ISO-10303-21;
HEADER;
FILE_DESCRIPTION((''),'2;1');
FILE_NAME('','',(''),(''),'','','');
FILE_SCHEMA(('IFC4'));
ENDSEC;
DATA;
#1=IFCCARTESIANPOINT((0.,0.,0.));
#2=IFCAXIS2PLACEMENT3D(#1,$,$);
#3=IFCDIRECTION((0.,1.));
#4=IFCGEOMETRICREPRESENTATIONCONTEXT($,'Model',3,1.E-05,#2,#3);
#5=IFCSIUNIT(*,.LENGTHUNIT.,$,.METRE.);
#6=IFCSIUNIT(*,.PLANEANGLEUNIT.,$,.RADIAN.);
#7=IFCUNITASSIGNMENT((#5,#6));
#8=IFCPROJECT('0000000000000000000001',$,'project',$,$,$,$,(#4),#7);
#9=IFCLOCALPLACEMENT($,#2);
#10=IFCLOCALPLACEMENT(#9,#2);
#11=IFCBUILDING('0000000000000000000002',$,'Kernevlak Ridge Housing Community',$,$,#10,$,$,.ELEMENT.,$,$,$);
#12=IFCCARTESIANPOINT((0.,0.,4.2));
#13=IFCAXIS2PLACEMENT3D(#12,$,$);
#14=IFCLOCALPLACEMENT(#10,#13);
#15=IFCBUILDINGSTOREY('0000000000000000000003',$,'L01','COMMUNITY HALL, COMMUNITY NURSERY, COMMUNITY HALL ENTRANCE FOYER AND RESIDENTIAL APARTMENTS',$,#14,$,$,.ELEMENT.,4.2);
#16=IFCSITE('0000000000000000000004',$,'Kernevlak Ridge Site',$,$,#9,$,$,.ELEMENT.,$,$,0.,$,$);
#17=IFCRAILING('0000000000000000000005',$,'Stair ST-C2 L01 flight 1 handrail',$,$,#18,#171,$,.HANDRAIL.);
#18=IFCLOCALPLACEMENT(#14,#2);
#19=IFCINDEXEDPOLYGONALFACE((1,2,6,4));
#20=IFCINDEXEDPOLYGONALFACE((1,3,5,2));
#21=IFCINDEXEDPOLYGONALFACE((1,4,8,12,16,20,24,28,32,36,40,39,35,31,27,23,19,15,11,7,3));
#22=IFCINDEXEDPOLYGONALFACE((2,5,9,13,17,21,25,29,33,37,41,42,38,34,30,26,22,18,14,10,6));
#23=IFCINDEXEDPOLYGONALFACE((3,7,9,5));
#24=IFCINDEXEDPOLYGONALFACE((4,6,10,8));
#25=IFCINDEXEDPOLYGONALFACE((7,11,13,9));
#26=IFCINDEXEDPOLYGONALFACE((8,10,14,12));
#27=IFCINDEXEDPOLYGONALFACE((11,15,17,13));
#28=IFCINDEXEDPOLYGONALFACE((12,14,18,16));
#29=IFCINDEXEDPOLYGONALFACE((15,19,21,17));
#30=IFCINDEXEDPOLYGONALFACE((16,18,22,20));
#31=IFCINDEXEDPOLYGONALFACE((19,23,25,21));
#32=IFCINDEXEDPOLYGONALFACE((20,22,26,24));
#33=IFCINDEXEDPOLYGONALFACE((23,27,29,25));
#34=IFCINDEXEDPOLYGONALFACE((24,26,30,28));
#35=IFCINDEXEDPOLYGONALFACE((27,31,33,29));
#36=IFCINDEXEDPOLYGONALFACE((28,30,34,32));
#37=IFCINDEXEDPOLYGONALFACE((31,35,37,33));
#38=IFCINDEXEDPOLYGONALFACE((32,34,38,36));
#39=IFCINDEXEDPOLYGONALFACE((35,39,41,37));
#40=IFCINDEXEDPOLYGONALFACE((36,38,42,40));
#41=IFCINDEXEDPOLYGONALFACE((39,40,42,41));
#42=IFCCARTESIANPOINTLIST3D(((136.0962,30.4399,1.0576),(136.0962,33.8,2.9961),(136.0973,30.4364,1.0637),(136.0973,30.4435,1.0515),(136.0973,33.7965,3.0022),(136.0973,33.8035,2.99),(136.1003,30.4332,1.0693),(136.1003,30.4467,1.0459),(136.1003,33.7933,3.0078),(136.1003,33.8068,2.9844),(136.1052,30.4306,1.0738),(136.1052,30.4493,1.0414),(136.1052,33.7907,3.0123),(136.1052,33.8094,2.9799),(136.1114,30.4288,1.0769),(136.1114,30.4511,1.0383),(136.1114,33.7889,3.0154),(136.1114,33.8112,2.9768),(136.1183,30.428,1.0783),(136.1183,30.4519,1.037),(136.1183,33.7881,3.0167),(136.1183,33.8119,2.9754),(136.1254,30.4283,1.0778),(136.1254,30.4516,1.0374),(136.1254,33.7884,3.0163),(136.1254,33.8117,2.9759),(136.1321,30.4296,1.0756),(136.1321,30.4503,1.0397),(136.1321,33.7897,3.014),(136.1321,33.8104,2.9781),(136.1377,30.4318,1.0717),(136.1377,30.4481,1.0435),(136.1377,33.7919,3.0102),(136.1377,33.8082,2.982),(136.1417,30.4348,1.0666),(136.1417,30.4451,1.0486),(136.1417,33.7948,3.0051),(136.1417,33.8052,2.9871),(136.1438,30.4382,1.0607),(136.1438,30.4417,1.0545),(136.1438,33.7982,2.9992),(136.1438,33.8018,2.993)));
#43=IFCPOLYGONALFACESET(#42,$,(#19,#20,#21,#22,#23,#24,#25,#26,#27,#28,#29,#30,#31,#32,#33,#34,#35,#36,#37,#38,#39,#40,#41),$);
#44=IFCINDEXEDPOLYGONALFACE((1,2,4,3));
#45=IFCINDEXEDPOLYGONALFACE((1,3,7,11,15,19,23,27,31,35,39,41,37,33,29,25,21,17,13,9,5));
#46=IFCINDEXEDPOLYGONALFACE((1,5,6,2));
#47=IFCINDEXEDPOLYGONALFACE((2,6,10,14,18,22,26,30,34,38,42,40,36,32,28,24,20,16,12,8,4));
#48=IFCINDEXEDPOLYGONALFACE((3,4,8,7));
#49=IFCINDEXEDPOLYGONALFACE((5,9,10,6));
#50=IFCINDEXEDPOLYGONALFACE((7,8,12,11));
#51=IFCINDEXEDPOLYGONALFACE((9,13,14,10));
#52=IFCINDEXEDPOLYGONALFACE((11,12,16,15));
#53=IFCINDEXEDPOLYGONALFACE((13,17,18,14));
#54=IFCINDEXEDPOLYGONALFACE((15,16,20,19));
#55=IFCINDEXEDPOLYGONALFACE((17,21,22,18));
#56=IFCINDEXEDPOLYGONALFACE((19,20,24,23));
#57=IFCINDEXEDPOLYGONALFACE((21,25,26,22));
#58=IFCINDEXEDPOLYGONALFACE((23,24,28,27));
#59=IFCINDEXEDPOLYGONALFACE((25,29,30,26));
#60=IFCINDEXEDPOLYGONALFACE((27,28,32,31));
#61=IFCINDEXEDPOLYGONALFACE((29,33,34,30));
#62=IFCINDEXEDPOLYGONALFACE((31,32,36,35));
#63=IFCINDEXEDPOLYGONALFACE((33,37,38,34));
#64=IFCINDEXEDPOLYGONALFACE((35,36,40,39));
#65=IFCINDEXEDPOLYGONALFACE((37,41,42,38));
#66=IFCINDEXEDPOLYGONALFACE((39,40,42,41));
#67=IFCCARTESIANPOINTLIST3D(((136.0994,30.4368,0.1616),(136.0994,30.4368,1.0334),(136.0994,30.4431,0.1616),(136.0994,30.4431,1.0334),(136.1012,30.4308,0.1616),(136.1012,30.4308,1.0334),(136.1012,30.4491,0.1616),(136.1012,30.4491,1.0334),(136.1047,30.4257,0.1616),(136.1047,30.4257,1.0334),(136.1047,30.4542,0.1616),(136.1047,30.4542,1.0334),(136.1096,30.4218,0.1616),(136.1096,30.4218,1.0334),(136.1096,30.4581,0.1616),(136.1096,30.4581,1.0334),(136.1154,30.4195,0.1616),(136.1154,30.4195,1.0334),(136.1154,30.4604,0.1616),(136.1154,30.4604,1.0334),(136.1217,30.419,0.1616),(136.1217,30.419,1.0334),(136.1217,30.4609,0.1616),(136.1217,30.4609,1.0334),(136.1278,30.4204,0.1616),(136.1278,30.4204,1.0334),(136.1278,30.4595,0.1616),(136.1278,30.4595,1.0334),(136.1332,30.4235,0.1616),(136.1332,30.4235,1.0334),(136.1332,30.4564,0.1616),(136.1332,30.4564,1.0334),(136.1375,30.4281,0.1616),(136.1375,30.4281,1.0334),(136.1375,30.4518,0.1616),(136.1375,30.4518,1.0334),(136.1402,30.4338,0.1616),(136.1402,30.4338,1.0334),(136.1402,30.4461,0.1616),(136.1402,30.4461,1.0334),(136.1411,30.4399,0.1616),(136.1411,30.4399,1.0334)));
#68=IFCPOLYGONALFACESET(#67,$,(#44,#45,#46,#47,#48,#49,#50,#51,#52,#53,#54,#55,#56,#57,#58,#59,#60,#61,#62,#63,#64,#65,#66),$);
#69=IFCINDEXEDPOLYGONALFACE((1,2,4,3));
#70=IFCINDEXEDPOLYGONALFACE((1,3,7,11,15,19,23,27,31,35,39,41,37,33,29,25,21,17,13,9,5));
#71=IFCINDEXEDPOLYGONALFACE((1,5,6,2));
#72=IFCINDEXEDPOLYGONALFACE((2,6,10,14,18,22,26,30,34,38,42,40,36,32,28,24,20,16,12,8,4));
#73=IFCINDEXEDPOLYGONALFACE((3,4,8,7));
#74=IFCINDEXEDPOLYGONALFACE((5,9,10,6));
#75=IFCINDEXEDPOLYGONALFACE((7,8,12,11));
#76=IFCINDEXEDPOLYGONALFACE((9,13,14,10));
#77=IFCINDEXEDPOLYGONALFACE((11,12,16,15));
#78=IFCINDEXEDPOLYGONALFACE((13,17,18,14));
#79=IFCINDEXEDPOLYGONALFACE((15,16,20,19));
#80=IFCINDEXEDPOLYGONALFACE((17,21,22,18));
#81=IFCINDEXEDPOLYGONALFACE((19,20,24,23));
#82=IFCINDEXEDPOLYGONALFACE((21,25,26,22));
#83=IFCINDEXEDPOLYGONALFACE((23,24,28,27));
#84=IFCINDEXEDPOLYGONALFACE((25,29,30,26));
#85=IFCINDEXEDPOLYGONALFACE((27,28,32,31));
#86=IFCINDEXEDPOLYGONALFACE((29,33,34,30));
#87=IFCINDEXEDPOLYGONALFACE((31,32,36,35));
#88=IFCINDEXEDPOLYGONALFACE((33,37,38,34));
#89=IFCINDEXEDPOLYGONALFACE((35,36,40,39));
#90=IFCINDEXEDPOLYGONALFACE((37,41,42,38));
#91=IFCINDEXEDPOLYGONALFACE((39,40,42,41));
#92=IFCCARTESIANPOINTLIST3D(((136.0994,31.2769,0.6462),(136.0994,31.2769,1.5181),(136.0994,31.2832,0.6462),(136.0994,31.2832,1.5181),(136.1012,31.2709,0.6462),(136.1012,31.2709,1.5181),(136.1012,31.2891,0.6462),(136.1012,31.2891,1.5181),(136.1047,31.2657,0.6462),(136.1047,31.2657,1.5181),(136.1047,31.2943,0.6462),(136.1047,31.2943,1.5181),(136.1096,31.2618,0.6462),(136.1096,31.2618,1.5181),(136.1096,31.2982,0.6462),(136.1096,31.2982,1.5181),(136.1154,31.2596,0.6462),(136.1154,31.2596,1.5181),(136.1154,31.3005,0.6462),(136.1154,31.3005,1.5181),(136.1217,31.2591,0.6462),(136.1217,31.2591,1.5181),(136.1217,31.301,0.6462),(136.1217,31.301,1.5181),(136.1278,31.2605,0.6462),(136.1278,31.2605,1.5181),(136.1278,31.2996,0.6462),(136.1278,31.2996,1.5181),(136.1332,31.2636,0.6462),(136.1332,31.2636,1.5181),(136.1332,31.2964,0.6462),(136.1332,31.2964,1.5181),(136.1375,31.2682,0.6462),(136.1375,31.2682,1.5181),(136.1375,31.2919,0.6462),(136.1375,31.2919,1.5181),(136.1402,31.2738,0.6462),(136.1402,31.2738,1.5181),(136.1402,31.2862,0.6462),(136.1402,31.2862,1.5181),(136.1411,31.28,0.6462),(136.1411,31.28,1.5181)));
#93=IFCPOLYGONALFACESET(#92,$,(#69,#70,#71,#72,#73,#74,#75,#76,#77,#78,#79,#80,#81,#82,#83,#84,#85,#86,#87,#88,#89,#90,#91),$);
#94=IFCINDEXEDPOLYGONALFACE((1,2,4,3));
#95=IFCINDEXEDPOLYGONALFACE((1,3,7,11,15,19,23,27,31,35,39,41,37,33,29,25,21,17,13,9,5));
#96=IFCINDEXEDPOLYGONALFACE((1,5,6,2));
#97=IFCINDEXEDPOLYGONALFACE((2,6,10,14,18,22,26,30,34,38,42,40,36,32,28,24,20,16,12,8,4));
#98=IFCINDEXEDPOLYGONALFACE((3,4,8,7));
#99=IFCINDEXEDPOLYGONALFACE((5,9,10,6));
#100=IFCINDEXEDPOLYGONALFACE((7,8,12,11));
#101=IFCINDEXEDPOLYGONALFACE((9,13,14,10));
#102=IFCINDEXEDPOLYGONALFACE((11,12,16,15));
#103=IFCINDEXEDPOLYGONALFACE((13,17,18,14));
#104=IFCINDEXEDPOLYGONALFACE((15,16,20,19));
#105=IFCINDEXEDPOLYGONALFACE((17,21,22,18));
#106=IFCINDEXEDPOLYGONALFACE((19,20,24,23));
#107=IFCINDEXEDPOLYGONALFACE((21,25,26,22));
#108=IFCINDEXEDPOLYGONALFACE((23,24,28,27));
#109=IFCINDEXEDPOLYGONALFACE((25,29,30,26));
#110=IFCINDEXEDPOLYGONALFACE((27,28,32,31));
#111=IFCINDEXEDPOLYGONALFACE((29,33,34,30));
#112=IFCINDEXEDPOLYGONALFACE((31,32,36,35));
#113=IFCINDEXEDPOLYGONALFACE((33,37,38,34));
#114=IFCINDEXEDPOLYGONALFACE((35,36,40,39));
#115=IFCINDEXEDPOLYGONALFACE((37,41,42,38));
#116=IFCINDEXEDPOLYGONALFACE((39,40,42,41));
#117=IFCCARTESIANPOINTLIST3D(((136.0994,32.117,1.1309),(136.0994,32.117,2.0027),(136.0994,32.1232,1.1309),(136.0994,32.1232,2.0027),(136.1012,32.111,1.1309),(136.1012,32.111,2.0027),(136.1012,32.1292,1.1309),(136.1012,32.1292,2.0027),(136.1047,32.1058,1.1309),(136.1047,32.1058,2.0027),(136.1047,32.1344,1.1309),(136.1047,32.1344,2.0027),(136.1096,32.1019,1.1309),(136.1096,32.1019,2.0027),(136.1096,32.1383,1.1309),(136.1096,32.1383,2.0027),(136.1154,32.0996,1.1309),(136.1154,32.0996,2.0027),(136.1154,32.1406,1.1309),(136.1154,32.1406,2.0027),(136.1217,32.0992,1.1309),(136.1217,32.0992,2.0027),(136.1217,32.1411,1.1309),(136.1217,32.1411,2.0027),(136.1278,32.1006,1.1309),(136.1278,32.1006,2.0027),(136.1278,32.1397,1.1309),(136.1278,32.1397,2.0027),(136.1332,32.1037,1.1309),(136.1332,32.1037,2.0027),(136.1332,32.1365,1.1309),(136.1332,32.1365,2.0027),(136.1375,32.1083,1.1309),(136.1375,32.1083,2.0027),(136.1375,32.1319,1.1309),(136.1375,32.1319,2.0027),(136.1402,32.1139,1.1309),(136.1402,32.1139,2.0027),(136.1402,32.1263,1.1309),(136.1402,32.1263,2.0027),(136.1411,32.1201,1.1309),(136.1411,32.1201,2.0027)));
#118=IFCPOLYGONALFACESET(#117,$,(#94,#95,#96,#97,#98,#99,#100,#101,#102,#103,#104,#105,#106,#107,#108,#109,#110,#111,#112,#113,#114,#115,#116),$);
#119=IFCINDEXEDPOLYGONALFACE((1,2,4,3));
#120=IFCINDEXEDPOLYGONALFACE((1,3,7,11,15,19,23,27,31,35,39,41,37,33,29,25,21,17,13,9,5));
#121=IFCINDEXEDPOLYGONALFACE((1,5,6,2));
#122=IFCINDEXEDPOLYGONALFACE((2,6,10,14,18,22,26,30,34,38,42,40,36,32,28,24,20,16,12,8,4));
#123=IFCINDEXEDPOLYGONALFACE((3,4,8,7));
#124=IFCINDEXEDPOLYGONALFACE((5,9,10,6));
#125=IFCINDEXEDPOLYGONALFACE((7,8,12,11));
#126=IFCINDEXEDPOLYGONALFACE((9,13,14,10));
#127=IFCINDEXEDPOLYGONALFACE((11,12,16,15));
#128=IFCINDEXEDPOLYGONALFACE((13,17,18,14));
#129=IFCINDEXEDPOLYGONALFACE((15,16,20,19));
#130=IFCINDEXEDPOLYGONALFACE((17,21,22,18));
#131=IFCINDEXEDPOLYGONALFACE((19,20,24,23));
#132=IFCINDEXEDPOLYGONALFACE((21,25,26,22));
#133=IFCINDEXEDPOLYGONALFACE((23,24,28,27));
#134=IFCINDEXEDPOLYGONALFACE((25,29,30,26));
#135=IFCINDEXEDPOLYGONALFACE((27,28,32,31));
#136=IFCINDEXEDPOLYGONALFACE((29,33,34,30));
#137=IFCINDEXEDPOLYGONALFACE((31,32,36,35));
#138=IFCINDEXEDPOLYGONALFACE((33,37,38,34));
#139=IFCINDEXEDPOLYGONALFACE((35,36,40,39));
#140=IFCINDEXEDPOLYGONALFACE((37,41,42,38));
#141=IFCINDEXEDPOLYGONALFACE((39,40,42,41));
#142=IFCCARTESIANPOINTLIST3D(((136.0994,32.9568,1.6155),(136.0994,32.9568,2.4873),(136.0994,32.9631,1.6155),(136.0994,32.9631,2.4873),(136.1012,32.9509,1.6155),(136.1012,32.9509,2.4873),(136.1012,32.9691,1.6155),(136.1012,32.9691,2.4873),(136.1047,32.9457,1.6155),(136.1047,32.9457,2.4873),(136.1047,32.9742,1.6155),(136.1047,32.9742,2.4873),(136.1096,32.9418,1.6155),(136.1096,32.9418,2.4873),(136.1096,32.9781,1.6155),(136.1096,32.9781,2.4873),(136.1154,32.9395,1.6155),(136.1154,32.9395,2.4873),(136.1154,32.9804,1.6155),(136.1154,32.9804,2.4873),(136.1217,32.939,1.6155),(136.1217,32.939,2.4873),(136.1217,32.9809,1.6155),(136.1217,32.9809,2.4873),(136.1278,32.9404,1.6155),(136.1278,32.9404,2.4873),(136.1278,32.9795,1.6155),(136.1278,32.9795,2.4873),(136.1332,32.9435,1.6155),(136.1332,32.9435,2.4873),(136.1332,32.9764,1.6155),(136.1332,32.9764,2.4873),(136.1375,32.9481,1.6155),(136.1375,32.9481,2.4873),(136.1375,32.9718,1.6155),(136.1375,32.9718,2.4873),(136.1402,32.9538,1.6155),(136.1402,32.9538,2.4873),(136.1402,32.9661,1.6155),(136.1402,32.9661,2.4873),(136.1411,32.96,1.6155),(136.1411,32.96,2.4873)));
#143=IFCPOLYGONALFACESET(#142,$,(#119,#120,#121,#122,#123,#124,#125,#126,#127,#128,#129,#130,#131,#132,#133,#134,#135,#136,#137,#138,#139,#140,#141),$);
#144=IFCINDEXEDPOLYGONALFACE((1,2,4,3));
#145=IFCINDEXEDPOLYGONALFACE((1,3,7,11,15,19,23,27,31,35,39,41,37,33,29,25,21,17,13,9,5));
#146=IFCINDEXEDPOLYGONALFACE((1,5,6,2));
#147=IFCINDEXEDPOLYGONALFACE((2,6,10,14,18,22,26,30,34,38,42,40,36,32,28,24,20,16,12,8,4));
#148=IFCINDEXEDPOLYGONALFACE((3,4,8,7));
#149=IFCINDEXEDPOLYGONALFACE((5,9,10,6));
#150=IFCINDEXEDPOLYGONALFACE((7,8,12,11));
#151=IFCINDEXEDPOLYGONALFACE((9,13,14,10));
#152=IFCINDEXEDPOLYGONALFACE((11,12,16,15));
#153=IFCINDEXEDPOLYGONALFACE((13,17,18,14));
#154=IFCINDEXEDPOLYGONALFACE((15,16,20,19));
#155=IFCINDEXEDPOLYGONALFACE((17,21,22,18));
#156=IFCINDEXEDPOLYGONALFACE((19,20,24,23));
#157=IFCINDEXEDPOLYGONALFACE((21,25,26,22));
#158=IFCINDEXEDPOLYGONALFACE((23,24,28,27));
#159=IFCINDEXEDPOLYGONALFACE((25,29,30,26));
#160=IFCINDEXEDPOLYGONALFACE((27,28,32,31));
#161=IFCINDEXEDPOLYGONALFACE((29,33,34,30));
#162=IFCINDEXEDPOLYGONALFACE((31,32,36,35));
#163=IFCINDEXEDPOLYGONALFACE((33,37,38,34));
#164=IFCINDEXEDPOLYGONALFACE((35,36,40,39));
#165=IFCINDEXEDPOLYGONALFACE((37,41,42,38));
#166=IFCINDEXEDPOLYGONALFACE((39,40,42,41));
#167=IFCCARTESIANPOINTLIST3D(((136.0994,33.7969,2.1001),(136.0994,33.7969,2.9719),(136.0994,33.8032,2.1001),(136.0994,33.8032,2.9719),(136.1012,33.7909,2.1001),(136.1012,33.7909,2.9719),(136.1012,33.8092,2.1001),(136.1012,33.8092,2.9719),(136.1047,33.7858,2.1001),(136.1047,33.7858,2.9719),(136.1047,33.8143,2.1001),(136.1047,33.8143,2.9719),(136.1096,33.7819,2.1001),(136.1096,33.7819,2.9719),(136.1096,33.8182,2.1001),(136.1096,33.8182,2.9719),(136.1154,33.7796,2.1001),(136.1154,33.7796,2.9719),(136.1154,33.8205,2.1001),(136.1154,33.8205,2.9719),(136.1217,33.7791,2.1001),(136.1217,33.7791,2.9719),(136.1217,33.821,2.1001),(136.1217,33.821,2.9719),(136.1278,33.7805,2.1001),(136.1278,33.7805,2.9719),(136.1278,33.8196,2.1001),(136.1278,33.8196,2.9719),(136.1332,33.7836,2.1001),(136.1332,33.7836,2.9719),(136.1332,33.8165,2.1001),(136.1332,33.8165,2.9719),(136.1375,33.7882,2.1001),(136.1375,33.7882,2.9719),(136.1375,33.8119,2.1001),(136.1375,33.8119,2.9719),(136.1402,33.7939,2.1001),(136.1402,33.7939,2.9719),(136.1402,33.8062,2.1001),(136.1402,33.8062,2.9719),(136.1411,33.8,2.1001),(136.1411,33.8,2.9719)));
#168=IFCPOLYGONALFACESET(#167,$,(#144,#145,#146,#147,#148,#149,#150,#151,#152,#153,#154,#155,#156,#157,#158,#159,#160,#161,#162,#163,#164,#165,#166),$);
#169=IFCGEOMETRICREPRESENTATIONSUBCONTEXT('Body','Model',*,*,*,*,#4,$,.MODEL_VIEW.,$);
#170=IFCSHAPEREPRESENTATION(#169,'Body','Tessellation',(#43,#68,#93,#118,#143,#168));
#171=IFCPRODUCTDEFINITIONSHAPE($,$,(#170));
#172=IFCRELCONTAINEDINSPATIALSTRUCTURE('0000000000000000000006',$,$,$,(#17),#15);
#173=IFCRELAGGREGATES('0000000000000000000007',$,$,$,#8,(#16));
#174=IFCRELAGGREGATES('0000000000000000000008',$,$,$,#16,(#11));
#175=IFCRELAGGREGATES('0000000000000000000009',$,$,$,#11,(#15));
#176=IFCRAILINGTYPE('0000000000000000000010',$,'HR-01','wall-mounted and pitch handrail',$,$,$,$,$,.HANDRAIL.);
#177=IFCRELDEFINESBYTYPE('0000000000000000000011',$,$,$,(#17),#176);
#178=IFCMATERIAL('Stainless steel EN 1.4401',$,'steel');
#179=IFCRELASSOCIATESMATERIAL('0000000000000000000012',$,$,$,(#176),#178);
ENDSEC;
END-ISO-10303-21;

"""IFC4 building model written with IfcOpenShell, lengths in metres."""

from ifc_helpers import new_model, si_unit, direction, frame, origin, origin_2d, place, context, subcontext, project, spatial, circle, extrude, material, type_object, element, save


model = new_model("IFC4")

# Units and contexts
model_context = context("Model", 3, precision=1e-05, world=origin(), true_north=direction((0.0, 1.0)))
body_context = subcontext(model_context, "Body", "Model", "MODEL_VIEW")
ifc_project = project(units=[si_unit("LENGTHUNIT", "METRE"), si_unit("PLANEANGLEUNIT", "RADIAN")], contexts=[model_context])

# Site, building, storey
site_placement = place(None, origin())
site = spatial("IfcSite", under=ifc_project, at=site_placement, Name="Kernevlak Ridge Site", CompositionType="ELEMENT", RefElevation=0.0)
building_placement = place(site_placement, origin())
building = spatial("IfcBuilding", under=site, at=building_placement, Name="Kernevlak Ridge Housing Community", CompositionType="ELEMENT")
storey_placement = place(building_placement, frame((0.0, 0.0, 4.2)))
storey = spatial("IfcBuildingStorey", under=building, at=storey_placement, Name="L01", Description="COMMUNITY HALL, COMMUNITY NURSERY, COMMUNITY HALL ENTRANCE FOYER AND RESIDENTIAL APARTMENTS", CompositionType="ELEMENT", Elevation=4.2)

# Railing
ifc_material_1 = material(Name="Stainless steel EN 1.4401", Category="steel")
railing_type_1 = type_object("IfcRailingType", Name="HR-01", Description="wall-mounted and pitch handrail", PredefinedType="HANDRAIL", material=ifc_material_1)
railing_1_placement = place(storey_placement, frame((136.1201, 30.4399, 0.1616)))
element("IfcRailing", 1, at=railing_1_placement, inside=storey, type_object=railing_type_1, Name="Stair ST-C2 L01 flight 1 handrail", PredefinedType="HANDRAIL", context=body_context, shape_type="SweptSolid", body=[
    extrude(circle(Radius=0.0239, at=origin_2d()), frame((0.0, 0.0, 0.896), z_axis=(0.0, 0.866191, 0.499713), x_axis=(-1.0, 0.0, 0.0)), (0.0, 0.0, 1.0), 3.8792),
    extrude(circle(Radius=0.021, at=origin_2d()), origin(), (0.0, 0.0, 1.0), 0.8718),
    extrude(circle(Radius=0.021, at=origin_2d()), frame((0.0, 0.8401, 0.4846)), (0.0, 0.0, 1.0), 0.8718),
    extrude(circle(Radius=0.021, at=origin_2d()), frame((0.0, 1.6802, 0.9692)), (0.0, 0.0, 1.0), 0.8718),
    extrude(circle(Radius=0.021, at=origin_2d()), frame((0.0, 2.52, 1.4539)), (0.0, 0.0, 1.0), 0.8718),
    extrude(circle(Radius=0.021, at=origin_2d()), frame((0.0, 3.3601, 1.9385)), (0.0, 0.0, 1.0), 0.8718),
])

save(model, "model.ifc")
